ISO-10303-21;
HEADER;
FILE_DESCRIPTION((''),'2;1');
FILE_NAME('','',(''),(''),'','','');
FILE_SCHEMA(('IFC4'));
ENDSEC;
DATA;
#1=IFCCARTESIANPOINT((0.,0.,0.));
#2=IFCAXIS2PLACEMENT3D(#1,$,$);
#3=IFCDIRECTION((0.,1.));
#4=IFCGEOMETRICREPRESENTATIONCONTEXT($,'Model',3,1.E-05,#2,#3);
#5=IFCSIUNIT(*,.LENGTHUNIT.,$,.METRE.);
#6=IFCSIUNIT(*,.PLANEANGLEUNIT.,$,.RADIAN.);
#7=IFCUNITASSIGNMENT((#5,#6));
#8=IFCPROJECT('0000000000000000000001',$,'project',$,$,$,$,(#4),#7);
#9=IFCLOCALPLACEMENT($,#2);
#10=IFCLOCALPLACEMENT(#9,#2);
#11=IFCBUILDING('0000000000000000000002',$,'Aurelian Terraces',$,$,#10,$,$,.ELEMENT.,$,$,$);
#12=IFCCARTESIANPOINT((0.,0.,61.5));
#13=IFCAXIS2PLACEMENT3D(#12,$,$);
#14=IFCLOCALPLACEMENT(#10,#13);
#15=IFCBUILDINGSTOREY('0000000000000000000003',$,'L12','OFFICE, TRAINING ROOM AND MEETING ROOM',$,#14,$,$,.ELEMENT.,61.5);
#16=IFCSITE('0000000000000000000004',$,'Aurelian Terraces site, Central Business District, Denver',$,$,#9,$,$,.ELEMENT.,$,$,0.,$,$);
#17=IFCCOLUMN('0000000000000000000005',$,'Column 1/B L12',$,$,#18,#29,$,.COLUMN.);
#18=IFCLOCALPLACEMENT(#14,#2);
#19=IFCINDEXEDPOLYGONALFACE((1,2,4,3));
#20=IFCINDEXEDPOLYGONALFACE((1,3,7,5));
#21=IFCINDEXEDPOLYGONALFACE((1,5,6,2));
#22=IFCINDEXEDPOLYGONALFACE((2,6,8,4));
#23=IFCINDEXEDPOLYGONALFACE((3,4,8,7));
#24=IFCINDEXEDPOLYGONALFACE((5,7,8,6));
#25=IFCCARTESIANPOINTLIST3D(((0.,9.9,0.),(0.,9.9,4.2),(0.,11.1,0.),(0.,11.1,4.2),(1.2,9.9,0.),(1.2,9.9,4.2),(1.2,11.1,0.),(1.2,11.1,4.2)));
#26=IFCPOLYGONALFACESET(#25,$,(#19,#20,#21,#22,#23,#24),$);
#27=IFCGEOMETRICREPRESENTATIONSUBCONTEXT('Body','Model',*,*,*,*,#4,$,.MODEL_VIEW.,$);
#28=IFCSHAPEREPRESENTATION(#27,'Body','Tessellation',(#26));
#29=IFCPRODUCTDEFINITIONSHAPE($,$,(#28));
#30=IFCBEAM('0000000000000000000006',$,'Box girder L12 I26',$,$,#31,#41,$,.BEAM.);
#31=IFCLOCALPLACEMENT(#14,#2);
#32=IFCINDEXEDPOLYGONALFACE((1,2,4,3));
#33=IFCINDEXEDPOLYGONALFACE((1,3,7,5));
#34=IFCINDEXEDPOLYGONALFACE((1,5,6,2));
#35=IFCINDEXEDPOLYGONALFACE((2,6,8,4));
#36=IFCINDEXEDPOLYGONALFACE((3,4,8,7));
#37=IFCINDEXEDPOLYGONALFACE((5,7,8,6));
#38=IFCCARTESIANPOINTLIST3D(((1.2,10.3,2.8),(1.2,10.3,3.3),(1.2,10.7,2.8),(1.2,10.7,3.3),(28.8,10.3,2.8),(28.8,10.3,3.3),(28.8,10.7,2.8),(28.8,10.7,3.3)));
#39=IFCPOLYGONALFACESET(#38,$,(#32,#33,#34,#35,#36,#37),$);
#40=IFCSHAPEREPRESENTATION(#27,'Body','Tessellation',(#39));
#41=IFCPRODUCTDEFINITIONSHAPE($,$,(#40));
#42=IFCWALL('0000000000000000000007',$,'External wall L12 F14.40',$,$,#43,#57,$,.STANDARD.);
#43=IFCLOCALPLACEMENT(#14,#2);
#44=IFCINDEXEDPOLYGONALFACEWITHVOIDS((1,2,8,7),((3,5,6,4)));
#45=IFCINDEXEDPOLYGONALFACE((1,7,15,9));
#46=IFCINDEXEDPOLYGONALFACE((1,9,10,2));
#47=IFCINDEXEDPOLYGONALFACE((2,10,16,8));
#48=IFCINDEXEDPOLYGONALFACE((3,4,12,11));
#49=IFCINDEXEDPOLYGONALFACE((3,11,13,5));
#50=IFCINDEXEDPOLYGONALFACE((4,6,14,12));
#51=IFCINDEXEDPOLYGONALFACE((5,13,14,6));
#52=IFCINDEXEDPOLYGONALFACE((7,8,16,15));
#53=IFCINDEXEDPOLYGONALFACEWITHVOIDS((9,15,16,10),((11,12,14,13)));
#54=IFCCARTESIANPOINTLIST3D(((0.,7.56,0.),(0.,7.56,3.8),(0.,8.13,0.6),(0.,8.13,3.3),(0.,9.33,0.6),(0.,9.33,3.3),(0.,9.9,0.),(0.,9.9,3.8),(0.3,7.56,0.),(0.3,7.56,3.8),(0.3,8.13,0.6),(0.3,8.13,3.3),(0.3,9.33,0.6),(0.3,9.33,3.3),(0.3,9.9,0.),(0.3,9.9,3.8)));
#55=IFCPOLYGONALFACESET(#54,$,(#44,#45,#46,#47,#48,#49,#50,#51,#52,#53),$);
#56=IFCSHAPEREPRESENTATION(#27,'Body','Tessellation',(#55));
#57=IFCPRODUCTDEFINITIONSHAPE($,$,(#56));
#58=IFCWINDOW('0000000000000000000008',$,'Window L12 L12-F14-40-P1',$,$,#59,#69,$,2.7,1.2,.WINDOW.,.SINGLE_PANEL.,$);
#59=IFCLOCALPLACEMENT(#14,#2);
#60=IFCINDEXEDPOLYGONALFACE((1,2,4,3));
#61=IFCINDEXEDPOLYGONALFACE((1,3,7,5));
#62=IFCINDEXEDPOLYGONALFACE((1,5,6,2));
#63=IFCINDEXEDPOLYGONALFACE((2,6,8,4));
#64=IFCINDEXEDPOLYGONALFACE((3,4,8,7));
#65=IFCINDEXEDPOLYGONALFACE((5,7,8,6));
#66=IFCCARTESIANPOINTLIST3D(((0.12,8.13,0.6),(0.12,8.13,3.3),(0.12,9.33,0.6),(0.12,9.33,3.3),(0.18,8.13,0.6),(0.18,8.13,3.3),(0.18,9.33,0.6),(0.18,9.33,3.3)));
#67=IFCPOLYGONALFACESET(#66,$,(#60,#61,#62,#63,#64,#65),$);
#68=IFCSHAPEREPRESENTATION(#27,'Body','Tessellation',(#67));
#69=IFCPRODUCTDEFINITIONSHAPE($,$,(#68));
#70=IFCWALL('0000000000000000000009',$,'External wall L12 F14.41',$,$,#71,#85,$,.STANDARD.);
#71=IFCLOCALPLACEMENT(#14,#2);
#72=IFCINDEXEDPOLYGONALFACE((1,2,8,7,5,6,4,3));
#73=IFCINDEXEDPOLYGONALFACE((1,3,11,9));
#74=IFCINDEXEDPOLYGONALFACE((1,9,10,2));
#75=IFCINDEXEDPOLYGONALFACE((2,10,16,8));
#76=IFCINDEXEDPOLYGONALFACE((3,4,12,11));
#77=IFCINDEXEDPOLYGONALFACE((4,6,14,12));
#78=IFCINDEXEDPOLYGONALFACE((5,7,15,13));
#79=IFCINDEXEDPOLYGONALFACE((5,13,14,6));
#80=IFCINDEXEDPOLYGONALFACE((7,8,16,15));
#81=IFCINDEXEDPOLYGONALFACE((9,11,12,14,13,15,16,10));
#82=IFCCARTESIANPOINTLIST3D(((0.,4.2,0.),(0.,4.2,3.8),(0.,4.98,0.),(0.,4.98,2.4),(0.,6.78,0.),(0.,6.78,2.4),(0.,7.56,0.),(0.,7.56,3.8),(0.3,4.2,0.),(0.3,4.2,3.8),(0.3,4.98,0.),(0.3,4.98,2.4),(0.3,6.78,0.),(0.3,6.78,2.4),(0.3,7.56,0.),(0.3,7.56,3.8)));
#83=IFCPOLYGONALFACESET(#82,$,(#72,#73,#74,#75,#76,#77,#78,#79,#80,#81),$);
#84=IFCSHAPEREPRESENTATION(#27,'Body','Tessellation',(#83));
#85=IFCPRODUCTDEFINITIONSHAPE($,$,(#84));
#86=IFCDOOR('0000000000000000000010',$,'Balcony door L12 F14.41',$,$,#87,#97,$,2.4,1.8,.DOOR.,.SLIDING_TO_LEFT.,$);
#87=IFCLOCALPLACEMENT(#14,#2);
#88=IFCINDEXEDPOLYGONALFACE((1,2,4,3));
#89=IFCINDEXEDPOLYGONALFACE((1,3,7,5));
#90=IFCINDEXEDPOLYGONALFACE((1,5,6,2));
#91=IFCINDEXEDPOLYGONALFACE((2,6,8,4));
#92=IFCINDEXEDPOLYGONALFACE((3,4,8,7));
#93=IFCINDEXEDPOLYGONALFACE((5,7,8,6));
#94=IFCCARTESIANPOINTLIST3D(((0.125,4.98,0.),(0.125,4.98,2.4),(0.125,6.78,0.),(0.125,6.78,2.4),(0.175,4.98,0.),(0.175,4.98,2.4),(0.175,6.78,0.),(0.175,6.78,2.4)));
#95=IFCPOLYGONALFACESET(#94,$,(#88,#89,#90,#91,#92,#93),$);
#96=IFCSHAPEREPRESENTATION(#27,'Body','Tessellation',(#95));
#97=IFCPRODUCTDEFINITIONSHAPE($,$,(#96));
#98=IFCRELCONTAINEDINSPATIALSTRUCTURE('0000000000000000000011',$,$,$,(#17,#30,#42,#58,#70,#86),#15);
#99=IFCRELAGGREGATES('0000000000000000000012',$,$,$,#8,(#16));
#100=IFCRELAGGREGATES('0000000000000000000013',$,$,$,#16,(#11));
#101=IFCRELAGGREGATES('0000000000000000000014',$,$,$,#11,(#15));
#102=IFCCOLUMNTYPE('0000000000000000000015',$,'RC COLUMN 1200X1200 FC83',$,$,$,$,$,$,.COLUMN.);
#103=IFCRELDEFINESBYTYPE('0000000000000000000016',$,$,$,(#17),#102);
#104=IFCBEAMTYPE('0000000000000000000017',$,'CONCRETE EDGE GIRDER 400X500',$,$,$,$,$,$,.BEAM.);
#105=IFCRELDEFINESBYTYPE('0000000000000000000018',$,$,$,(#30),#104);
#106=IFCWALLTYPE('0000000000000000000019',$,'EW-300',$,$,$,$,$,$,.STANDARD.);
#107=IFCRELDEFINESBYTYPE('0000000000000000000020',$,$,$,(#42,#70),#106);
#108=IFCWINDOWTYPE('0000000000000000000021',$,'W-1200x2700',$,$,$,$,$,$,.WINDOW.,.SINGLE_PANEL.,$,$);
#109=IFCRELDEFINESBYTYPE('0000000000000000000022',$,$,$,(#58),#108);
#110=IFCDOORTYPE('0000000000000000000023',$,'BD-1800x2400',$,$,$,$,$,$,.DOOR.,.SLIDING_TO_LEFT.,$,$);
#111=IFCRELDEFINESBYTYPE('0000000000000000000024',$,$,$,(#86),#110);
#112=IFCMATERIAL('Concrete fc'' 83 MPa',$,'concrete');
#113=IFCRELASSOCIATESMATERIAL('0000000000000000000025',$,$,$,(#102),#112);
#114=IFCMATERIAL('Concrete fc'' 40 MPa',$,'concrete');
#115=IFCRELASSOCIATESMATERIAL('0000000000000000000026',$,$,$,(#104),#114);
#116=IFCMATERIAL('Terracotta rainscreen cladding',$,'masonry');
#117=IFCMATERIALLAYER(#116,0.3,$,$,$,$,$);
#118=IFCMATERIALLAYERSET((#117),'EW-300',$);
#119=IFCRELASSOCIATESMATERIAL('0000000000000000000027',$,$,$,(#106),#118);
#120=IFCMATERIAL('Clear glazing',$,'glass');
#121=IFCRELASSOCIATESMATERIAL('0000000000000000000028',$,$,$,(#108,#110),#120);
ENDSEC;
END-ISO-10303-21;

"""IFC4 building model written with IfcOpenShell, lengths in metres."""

from ifc_helpers import new_model, si_unit, direction, frame, frame_2d, origin, origin_2d, place, context, subcontext, project, spatial, rectangle, extrude, source, transform, mapped, material, layer, layer_set, material_profile, profile_set, type_object, element, fill, save


model = new_model("IFC4")

# Units and contexts
model_context = context("Model", 3, precision=1e-05, world=origin(), true_north=direction((0.0, 1.0)))
body_context = subcontext(model_context, "Body", "Model", "MODEL_VIEW")
ifc_project = project(units=[si_unit("LENGTHUNIT", "METRE"), si_unit("PLANEANGLEUNIT", "RADIAN")], contexts=[model_context])

# Site, building, storey
site_placement = place(None, origin())
site = spatial("IfcSite", under=ifc_project, at=site_placement, Name="Aurelian Terraces site, Central Business District, Denver", CompositionType="ELEMENT", RefElevation=0.0)
building_placement = place(site_placement, origin())
building = spatial("IfcBuilding", under=site, at=building_placement, Name="Aurelian Terraces", CompositionType="ELEMENT")
storey_placement = place(building_placement, frame((0.0, 0.0, 61.5)))
storey = spatial("IfcBuildingStorey", under=building, at=storey_placement, Name="L12", Description="OFFICE, TRAINING ROOM AND MEETING ROOM", CompositionType="ELEMENT", Elevation=61.5)

# Column
ifc_material_1 = material(Name="Concrete fc' 83 MPa", Category="concrete")
ifc_material_profile_1 = material_profile(ifc_material_1, rectangle(XDim=1.2, YDim=1.2, at=origin_2d()))
ifc_profile_set_1 = profile_set([ifc_material_profile_1], Name="Concrete fc' 83 MPa")
column_type = type_object("IfcColumnType", Name="RC COLUMN 1200X1200 FC83", PredefinedType="COLUMN", material=ifc_profile_set_1)
shared_shape_1 = source(origin(), body_context, "Body", "SweptSolid", [
    extrude(rectangle(XDim=1.2, YDim=1.2, at=origin_2d()), origin(), (0.0, 0.0, 1.0), 4.2),
])
column_placement = place(storey_placement, frame((0.6, 10.5, 0.0), z_axis=(0.0, 0.0, 1.0), x_axis=(1.0, 0.0, 0.0)))
element("IfcColumn", 1, at=column_placement, inside=storey, type_object=column_type, Name="Column 1/B L12", PredefinedType="COLUMN", context=body_context, shape_type="MappedRepresentation", body=[
    mapped(shared_shape_1, transform((0.0, 0.0, 0.0), scale=1.0)),
])

# Beam
ifc_material_2 = material(Name="Concrete fc' 40 MPa", Category="concrete")
ifc_material_profile_2 = material_profile(ifc_material_2, rectangle(XDim=0.4, YDim=0.5, at=origin_2d()))
ifc_profile_set_2 = profile_set([ifc_material_profile_2], Name="Concrete fc' 40 MPa")
beam_type = type_object("IfcBeamType", Name="CONCRETE EDGE GIRDER 400X500", PredefinedType="BEAM", material=ifc_profile_set_2)
shared_shape_2 = source(origin(), body_context, "Body", "SweptSolid", [
    extrude(rectangle(XDim=0.4, YDim=0.5, at=origin_2d()), origin(), (0.0, 0.0, 1.0), 27.6),
])
beam_placement = place(storey_placement, frame((1.2, 10.5, 3.05), z_axis=(1.0, 0.0, 0.0), x_axis=(0.0, 1.0, 0.0)))
element("IfcBeam", 2, at=beam_placement, inside=storey, type_object=beam_type, Name="Box girder L12 I26", PredefinedType="BEAM", context=body_context, shape_type="MappedRepresentation", body=[
    mapped(shared_shape_2, transform((0.0, 0.0, 0.0), scale=1.0)),
])

# Wall, opening, window
ifc_material_3 = material(Name="Terracotta rainscreen cladding", Category="masonry")
ifc_layer_1 = layer(ifc_material_3, 0.3)
ifc_layer_set_1 = layer_set([ifc_layer_1], Name="EW-300")
wall_type_1 = type_object("IfcWallType", Name="EW-300", PredefinedType="STANDARD", material=ifc_layer_set_1)
shared_shape_3 = source(origin(), body_context, "Body", "SweptSolid", [
    extrude(rectangle(XDim=2.34, YDim=0.3, at=frame_2d((1.17, 0.0))), origin(), (0.0, 0.0, 1.0), 3.8),
])
wall_1_placement = place(storey_placement, frame((0.15, 9.9, 0.0), z_axis=(0.0, 0.0, 1.0), x_axis=(0.0, -1.0, 0.0)))
wall_1 = element("IfcWall", 3, at=wall_1_placement, inside=storey, type_object=wall_type_1, Name="External wall L12 F14.40", PredefinedType="STANDARD", context=body_context, shape_type="MappedRepresentation", body=[
    mapped(shared_shape_3, transform((0.0, 0.0, 0.0), scale=1.0)),
])
shared_shape_4 = source(origin(), body_context, "Body", "SweptSolid", [
    extrude(rectangle(XDim=1.2, YDim=2.7, at=frame_2d((0.6, 1.35))), frame((0.0, 0.16, 0.0), z_axis=(0.0, -1.0, 0.0), x_axis=(1.0, 0.0, 0.0)), (0.0, 0.0, 1.0), 0.32),
])
opening_1_placement = place(wall_1_placement, frame((0.57, 0.0, 0.6)))
opening_1 = element("IfcOpeningElement", 4, at=opening_1_placement, cuts=wall_1, PredefinedType="OPENING", context=body_context, shape_type="MappedRepresentation", body=[
    mapped(shared_shape_4, transform((0.0, 0.0, 0.0), scale=1.0)),
])
ifc_material_4 = material(Name="Clear glazing", Category="glass")
window_type = type_object("IfcWindowType", Name="W-1200x2700", PartitioningType="SINGLE_PANEL", PredefinedType="WINDOW", material=ifc_material_4)
shared_shape_5 = source(origin(), body_context, "Body", "SweptSolid", [
    extrude(rectangle(XDim=1.2, YDim=2.7, at=frame_2d((0.6, 1.35))), frame((0.0, 0.03, 0.0), z_axis=(0.0, -1.0, 0.0), x_axis=(1.0, 0.0, 0.0)), (0.0, 0.0, 1.0), 0.06),
])
window_placement = place(opening_1_placement, origin())
window = element("IfcWindow", 5, at=window_placement, inside=storey, type_object=window_type, Name="Window L12 L12-F14-40-P1", OverallHeight=2.7, OverallWidth=1.2, PartitioningType="SINGLE_PANEL", PredefinedType="WINDOW", context=body_context, shape_type="MappedRepresentation", body=[
    mapped(shared_shape_5, transform((0.0, 0.0, 0.0), scale=1.0)),
])
fill(opening_1, window)

# Wall, opening, door
shared_shape_6 = source(origin(), body_context, "Body", "SweptSolid", [
    extrude(rectangle(XDim=3.36, YDim=0.3, at=frame_2d((1.68, 0.0))), origin(), (0.0, 0.0, 1.0), 3.8),
])
wall_2_placement = place(storey_placement, frame((0.15, 7.56, 0.0), z_axis=(0.0, 0.0, 1.0), x_axis=(0.0, -1.0, 0.0)))
wall_2 = element("IfcWall", 6, at=wall_2_placement, inside=storey, type_object=wall_type_1, Name="External wall L12 F14.41", PredefinedType="STANDARD", context=body_context, shape_type="MappedRepresentation", body=[
    mapped(shared_shape_6, transform((0.0, 0.0, 0.0), scale=1.0)),
])
shared_shape_7 = source(origin(), body_context, "Body", "SweptSolid", [
    extrude(rectangle(XDim=1.8, YDim=2.4, at=frame_2d((0.9, 1.2))), frame((0.0, 0.16, 0.0), z_axis=(0.0, -1.0, 0.0), x_axis=(1.0, 0.0, 0.0)), (0.0, 0.0, 1.0), 0.32),
])
opening_2_placement = place(wall_2_placement, frame((0.78, 0.0, 0.0)))
opening_2 = element("IfcOpeningElement", 7, at=opening_2_placement, cuts=wall_2, PredefinedType="OPENING", context=body_context, shape_type="MappedRepresentation", body=[
    mapped(shared_shape_7, transform((0.0, 0.0, 0.0), scale=1.0)),
])
door_type_1 = type_object("IfcDoorType", Name="BD-1800x2400", OperationType="SLIDING_TO_LEFT", PredefinedType="DOOR", material=ifc_material_4)
shared_shape_8 = source(origin(), body_context, "Body", "SweptSolid", [
    extrude(rectangle(XDim=1.8, YDim=2.4, at=frame_2d((0.9, 1.2))), frame((0.0, 0.025, 0.0), z_axis=(0.0, -1.0, 0.0), x_axis=(1.0, 0.0, 0.0)), (0.0, 0.0, 1.0), 0.05),
])
door_1_placement = place(opening_2_placement, origin())
door_1 = element("IfcDoor", 8, at=door_1_placement, inside=storey, type_object=door_type_1, Name="Balcony door L12 F14.41", OperationType="SLIDING_TO_LEFT", OverallHeight=2.4, OverallWidth=1.8, PredefinedType="DOOR", context=body_context, shape_type="MappedRepresentation", body=[
    mapped(shared_shape_8, transform((0.0, 0.0, 0.0), scale=1.0)),
])
fill(opening_2, door_1)

save(model, "model.ifc")
